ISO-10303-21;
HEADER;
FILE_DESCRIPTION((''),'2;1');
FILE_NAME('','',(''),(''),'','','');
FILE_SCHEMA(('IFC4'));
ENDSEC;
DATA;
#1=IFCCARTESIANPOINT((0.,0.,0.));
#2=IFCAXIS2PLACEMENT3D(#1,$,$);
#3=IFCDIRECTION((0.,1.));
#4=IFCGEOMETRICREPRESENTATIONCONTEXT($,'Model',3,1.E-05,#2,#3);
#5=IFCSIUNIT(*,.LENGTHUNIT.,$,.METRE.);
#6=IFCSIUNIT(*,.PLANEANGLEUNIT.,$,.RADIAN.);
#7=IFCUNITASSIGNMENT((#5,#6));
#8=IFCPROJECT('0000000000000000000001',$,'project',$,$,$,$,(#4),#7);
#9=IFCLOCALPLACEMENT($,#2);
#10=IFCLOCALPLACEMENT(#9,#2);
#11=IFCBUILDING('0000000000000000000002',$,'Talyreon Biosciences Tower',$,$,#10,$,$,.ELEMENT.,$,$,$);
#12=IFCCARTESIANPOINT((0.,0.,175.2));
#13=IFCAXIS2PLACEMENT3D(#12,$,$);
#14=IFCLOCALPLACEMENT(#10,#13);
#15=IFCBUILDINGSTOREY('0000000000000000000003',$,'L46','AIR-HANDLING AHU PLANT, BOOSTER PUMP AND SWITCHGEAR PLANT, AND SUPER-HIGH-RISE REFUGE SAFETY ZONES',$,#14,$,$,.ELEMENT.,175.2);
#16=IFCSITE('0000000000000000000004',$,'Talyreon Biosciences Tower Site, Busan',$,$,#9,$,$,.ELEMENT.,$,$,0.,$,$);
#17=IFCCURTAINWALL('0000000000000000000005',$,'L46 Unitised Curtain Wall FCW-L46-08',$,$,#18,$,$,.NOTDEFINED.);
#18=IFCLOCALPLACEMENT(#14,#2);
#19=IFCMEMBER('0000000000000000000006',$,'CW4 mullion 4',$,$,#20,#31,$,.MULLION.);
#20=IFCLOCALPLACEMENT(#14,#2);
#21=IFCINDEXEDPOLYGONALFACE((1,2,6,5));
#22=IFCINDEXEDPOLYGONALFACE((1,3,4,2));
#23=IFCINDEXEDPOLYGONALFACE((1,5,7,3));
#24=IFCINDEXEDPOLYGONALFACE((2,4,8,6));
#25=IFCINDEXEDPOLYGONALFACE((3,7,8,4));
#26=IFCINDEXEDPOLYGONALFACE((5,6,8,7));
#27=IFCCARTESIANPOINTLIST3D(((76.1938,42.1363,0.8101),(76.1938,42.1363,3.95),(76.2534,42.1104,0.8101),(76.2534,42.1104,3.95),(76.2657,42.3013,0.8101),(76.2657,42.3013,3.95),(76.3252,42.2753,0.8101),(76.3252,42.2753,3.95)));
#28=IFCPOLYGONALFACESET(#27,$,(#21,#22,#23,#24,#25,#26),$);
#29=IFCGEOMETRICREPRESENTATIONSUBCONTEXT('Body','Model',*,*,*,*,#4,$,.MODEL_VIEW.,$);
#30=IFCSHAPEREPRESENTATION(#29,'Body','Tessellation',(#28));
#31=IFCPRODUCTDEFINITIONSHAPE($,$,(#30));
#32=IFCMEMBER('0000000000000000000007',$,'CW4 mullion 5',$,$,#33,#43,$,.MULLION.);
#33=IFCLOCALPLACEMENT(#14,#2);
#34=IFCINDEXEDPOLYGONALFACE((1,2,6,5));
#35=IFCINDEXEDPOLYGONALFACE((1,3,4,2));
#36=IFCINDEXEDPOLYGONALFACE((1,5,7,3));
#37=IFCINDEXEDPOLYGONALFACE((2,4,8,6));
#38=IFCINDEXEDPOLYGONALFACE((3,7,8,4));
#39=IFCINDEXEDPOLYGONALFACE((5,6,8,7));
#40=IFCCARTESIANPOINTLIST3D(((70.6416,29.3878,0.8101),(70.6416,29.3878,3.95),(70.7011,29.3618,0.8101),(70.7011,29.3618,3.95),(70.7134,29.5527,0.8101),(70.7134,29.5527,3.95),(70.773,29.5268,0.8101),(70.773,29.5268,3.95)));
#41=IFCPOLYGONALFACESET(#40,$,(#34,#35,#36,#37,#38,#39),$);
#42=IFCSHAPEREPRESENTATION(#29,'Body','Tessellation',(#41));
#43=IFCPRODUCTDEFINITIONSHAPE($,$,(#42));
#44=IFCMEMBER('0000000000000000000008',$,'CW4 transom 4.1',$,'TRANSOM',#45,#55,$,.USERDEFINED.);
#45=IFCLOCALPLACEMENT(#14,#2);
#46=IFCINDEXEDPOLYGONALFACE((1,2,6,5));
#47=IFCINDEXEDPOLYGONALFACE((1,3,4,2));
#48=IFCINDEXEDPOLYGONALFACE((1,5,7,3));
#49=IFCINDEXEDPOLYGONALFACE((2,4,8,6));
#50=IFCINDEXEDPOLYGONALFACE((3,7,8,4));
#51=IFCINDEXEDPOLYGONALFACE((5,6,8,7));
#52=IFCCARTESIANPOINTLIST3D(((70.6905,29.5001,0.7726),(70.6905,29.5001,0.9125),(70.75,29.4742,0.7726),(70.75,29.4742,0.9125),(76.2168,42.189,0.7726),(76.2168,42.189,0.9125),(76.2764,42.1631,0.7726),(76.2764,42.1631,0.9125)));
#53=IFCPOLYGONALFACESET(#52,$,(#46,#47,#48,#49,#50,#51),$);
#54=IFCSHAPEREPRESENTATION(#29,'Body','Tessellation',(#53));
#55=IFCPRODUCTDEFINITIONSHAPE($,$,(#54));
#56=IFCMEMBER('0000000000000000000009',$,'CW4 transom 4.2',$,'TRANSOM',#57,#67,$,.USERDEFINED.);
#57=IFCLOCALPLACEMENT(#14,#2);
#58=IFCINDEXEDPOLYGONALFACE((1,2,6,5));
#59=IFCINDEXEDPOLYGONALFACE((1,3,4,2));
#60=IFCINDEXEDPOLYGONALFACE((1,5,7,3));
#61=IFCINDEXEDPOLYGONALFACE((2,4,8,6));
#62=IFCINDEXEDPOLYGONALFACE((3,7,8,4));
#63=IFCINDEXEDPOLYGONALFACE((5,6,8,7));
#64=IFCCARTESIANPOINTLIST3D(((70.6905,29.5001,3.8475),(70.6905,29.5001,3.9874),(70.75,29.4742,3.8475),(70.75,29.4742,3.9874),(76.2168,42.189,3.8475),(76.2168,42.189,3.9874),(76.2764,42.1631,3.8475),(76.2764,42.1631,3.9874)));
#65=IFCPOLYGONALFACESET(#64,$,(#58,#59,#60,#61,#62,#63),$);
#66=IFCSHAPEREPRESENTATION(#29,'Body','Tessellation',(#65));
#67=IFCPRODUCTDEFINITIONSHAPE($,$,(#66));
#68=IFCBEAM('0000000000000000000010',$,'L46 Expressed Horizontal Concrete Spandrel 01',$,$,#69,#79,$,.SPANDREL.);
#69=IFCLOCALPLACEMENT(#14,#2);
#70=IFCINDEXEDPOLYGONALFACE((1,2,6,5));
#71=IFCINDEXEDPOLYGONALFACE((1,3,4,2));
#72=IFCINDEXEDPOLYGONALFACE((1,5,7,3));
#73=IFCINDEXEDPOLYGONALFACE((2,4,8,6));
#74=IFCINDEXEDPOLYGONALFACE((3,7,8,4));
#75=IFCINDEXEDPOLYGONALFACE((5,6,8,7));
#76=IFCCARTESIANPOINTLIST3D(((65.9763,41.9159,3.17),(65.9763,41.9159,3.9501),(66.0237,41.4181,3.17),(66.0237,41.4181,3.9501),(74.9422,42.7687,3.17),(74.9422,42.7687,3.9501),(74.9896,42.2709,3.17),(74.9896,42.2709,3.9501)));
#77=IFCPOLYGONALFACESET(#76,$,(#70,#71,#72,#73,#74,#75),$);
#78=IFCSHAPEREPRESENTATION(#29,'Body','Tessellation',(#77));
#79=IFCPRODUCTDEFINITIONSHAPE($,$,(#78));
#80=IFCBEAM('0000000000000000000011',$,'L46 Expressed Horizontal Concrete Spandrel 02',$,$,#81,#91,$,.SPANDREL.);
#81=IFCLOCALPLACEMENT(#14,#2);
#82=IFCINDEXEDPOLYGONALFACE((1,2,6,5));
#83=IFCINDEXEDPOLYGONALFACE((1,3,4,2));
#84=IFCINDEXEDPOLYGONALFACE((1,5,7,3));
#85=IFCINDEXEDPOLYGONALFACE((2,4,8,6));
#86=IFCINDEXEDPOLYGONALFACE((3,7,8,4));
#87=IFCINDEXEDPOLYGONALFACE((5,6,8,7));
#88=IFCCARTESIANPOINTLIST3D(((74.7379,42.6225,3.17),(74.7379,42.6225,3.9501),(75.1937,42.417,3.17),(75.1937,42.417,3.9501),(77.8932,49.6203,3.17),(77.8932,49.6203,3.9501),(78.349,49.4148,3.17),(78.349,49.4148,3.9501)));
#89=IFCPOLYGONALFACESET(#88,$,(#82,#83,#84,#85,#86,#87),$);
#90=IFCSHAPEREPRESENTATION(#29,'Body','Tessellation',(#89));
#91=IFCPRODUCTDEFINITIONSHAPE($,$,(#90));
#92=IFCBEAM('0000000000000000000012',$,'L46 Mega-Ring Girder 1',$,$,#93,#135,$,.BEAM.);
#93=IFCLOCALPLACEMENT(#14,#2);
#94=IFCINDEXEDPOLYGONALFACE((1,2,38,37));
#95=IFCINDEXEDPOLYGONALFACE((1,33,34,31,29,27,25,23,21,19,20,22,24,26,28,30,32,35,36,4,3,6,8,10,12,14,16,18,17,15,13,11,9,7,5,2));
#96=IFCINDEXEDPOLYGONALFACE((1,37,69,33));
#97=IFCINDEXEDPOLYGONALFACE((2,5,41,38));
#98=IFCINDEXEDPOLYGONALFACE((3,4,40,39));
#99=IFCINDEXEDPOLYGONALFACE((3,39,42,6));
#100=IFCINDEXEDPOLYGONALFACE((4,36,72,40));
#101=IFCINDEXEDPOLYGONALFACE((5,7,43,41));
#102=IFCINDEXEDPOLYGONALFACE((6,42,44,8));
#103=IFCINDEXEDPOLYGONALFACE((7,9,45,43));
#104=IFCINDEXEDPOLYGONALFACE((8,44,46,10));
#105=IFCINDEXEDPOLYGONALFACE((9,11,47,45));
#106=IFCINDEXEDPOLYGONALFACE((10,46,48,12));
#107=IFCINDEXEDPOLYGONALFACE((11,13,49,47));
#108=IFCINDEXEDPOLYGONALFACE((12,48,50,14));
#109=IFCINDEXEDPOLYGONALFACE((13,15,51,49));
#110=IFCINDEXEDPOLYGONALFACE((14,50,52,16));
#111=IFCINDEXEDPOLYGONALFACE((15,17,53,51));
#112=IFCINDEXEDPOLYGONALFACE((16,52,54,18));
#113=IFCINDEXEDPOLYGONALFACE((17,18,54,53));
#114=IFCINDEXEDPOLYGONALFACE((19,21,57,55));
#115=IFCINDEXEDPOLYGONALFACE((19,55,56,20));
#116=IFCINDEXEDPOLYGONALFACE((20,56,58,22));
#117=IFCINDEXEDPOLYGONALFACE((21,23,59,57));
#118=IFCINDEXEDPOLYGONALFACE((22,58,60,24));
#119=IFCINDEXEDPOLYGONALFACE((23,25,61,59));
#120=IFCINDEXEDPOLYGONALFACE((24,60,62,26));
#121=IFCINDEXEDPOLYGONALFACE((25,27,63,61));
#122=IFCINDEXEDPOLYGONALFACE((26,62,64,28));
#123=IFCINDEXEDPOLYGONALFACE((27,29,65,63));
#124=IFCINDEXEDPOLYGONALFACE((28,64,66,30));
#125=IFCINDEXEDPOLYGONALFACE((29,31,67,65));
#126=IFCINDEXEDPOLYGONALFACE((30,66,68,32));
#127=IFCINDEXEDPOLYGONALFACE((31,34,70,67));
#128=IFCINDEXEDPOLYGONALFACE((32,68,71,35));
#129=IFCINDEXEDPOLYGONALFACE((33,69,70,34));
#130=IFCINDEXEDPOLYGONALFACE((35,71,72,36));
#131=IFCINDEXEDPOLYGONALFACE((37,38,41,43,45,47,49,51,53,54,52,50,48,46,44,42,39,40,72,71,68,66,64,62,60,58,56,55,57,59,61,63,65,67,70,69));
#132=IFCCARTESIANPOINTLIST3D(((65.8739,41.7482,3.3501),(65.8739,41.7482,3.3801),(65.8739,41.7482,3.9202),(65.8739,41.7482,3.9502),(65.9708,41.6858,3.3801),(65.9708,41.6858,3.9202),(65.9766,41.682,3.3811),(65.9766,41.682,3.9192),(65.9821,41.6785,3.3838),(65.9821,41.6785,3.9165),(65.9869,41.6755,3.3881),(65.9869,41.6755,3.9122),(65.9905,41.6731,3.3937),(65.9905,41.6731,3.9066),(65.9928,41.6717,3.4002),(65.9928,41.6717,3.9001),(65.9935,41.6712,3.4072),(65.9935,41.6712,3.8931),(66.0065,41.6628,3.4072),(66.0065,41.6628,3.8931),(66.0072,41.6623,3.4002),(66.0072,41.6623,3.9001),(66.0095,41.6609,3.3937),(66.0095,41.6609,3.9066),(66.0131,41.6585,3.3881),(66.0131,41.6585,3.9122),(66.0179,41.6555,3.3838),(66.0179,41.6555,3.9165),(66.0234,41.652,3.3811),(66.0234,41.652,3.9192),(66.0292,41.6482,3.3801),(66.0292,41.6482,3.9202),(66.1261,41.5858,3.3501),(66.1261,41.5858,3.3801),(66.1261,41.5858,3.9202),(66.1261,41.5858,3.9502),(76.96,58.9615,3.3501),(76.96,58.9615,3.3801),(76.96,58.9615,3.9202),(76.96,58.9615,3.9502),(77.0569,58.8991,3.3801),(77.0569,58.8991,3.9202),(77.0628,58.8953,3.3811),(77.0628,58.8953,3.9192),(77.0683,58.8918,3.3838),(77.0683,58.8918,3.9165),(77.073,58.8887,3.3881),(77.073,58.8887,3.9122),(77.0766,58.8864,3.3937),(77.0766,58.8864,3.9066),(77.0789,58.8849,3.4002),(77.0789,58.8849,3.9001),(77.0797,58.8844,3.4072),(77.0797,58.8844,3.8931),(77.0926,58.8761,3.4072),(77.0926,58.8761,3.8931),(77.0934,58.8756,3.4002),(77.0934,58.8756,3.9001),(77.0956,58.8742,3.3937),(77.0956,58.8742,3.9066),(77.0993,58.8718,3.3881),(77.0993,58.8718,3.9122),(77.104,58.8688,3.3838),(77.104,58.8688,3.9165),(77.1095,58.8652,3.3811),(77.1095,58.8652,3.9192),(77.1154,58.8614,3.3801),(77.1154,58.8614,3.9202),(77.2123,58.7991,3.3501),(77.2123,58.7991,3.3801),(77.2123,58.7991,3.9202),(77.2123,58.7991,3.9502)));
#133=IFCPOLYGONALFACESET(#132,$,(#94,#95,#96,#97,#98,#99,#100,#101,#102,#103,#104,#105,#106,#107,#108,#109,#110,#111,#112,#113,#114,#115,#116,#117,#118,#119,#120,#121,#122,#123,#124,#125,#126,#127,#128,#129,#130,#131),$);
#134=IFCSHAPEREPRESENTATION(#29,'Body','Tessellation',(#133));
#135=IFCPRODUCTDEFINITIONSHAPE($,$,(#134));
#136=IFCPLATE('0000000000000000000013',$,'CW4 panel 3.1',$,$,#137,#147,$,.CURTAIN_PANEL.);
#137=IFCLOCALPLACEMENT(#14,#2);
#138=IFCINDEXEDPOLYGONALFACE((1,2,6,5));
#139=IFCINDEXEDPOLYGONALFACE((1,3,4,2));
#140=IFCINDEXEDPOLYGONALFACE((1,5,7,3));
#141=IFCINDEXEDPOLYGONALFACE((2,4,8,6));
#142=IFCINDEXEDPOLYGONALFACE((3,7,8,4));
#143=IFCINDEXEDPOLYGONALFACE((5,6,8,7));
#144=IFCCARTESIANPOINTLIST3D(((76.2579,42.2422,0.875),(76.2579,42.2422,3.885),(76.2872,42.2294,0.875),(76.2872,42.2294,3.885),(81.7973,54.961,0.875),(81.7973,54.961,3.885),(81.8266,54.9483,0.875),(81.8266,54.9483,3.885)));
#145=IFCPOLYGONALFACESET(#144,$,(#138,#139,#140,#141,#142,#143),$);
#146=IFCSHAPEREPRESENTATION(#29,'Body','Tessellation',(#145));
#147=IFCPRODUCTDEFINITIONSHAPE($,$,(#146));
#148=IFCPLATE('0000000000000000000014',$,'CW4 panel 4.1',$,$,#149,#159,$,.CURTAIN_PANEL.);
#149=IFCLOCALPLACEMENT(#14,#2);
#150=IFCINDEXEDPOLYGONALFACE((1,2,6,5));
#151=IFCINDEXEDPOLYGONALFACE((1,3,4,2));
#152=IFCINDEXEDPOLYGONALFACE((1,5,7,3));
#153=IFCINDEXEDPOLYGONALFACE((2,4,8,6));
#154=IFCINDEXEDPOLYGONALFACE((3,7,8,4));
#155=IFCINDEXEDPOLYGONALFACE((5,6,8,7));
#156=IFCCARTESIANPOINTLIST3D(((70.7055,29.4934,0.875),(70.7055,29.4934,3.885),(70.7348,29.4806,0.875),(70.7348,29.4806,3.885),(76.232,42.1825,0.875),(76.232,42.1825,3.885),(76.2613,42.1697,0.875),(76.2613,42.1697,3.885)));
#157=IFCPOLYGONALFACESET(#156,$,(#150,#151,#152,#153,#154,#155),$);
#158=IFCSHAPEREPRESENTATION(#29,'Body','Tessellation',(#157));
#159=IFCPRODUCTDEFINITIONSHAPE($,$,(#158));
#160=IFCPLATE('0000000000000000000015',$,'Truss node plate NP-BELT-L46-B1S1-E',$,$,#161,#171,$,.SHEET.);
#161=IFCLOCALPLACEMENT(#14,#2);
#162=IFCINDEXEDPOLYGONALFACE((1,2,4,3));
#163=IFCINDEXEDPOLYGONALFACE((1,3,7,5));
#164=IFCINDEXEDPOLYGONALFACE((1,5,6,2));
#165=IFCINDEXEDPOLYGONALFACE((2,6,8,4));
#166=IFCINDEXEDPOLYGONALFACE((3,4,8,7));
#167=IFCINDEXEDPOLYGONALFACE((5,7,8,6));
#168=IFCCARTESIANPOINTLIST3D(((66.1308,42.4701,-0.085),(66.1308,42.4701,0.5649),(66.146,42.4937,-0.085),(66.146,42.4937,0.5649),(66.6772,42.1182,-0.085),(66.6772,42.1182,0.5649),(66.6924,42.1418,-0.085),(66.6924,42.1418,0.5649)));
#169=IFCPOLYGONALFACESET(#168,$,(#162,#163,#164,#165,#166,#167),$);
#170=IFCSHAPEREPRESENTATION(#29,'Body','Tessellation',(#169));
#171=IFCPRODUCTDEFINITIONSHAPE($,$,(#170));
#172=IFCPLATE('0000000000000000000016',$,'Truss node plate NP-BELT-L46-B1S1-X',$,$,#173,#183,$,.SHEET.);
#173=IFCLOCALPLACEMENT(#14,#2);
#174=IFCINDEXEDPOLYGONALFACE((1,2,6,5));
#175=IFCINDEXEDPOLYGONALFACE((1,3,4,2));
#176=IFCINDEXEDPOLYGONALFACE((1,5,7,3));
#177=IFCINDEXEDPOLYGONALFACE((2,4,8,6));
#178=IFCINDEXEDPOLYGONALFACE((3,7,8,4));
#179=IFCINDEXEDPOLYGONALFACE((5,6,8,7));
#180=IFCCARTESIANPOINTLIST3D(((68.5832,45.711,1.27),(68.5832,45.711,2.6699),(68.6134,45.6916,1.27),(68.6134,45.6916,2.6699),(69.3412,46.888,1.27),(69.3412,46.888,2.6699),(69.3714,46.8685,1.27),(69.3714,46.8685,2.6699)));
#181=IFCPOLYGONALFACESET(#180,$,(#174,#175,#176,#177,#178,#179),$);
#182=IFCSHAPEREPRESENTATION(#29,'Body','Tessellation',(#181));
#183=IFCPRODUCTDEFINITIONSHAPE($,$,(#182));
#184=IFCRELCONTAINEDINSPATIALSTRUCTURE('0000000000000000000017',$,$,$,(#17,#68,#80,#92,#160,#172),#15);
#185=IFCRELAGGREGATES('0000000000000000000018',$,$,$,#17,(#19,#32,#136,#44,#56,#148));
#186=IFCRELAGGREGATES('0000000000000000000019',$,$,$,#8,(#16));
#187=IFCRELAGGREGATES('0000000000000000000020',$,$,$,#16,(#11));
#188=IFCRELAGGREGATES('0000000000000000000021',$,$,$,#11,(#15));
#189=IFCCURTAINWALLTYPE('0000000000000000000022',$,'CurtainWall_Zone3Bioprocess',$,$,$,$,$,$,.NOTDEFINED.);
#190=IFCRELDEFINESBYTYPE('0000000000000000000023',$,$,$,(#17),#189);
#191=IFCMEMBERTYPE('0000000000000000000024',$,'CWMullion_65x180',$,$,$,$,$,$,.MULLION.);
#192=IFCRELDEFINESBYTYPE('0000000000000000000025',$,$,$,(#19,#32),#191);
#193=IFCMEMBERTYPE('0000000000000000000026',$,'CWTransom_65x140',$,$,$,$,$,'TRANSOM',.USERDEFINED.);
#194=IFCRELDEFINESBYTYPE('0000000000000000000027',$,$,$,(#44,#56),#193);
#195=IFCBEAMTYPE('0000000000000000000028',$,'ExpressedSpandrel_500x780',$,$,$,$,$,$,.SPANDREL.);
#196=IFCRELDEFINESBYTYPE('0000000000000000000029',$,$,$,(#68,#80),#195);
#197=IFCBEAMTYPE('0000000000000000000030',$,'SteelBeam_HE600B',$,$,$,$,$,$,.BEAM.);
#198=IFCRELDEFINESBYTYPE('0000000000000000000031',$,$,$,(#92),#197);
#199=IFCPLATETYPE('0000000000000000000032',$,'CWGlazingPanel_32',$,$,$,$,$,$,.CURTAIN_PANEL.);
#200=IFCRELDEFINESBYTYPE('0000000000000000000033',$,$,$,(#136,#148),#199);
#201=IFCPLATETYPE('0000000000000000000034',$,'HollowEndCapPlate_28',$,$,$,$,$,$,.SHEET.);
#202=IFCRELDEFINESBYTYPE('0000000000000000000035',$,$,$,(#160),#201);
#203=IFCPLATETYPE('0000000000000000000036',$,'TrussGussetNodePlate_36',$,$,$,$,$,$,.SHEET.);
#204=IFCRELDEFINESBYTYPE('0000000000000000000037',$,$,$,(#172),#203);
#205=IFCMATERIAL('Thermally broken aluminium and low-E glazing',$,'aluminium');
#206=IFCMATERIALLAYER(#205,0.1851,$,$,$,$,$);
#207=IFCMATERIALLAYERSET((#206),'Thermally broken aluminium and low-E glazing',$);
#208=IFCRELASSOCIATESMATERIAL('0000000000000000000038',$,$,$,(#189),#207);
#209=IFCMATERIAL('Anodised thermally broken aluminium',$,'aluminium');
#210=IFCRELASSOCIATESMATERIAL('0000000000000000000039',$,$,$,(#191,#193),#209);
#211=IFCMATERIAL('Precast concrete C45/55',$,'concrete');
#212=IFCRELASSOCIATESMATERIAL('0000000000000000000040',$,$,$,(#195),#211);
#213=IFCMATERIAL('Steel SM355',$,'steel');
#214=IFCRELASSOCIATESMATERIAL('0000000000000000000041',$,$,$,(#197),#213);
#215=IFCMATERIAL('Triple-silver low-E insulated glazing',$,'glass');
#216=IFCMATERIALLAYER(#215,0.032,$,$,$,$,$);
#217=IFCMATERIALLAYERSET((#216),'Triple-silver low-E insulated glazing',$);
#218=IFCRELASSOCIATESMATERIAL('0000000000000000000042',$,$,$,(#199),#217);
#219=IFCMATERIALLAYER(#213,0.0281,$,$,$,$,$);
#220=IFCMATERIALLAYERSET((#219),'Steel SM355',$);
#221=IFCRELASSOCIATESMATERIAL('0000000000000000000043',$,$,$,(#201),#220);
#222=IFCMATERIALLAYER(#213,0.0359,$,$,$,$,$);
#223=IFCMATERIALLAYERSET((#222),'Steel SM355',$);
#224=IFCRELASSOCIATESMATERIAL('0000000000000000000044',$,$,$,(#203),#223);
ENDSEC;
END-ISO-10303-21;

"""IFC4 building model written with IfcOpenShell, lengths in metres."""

from ifc_helpers import new_model, si_unit, direction, frame, origin, origin_2d, place, context, subcontext, project, spatial, rectangle, i_section, extrude, material, layer, layer_set, material_profile, profile_set, type_object, element, aggregate, save


model = new_model("IFC4")

# Units and contexts
model_context = context("Model", 3, precision=1e-05, world=origin(), true_north=direction((0.0, 1.0)))
body_context = subcontext(model_context, "Body", "Model", "MODEL_VIEW")
ifc_project = project(units=[si_unit("LENGTHUNIT", "METRE"), si_unit("PLANEANGLEUNIT", "RADIAN")], contexts=[model_context])

# Site, building, storey
site_placement = place(None, origin())
site = spatial("IfcSite", under=ifc_project, at=site_placement, Name="Talyreon Biosciences Tower Site, Busan", CompositionType="ELEMENT", RefElevation=0.0)
building_placement = place(site_placement, origin())
building = spatial("IfcBuilding", under=site, at=building_placement, Name="Talyreon Biosciences Tower", CompositionType="ELEMENT")
storey_placement = place(building_placement, frame((0.0, 0.0, 175.2)))
storey = spatial("IfcBuildingStorey", under=building, at=storey_placement, Name="L46", Description="AIR-HANDLING AHU PLANT, BOOSTER PUMP AND SWITCHGEAR PLANT, AND SUPER-HIGH-RISE REFUGE SAFETY ZONES", CompositionType="ELEMENT", Elevation=175.2)

# Shared definitions
ifc_material_1 = material(Name="Precast concrete C45/55", Category="concrete")

# Shared definitions
ifc_material_2 = material(Name="Steel SM355", Category="steel")

# Curtain wall, members
ifc_material_3 = material(Name="Thermally broken aluminium and low-E glazing", Category="aluminium")
ifc_layer_1 = layer(ifc_material_3, 0.1851)
ifc_layer_set_1 = layer_set([ifc_layer_1], Name="Thermally broken aluminium and low-E glazing")
curtain_wall_type = type_object("IfcCurtainWallType", Name="CurtainWall_Zone3Bioprocess", PredefinedType="NOTDEFINED", material=ifc_layer_set_1)
curtain_wall_placement = place(storey_placement, origin())
curtain_wall = element("IfcCurtainWall", 1, at=curtain_wall_placement, inside=storey, type_object=curtain_wall_type, Name="L46 Unitised Curtain Wall FCW-L46-08", PredefinedType="NOTDEFINED")
ifc_material_4 = material(Name="Anodised thermally broken aluminium", Category="aluminium")
ifc_material_profile_1 = material_profile(ifc_material_4, rectangle(XDim=0.0649, YDim=0.1799, at=origin_2d()), Name="ALUM MULLION 65x180")
ifc_profile_set_1 = profile_set([ifc_material_profile_1], Name="Anodised thermally broken aluminium")
member_type_1 = type_object("IfcMemberType", Name="CWMullion_65x180", PredefinedType="MULLION", material=ifc_profile_set_1)
member_1_placement = place(storey_placement, frame((76.2595, 42.2058, 0.8101), z_axis=(0.0, 0.0, 1.0), x_axis=(0.91682, -0.3993, 0.0)))
member_1 = element("IfcMember", 2, at=member_1_placement, type_object=member_type_1, Name="CW4 mullion 4", PredefinedType="MULLION", context=body_context, shape_type="SweptSolid", body=[
    extrude(rectangle(XDim=0.0649, YDim=0.1799, at=origin_2d()), origin(), (0.0, 0.0, 1.0), 3.1399),
])
member_2_placement = place(storey_placement, frame((70.7073, 29.4573, 0.8101), z_axis=(0.0, 0.0, 1.0), x_axis=(0.91682, -0.3993, 0.0)))
member_2 = element("IfcMember", 3, at=member_2_placement, type_object=member_type_1, Name="CW4 mullion 5", PredefinedType="MULLION", context=body_context, shape_type="SweptSolid", body=[
    extrude(rectangle(XDim=0.0649, YDim=0.1799, at=origin_2d()), origin(), (0.0, 0.0, 1.0), 3.1399),
])
ifc_material_profile_2 = material_profile(ifc_material_4, rectangle(XDim=0.0649, YDim=0.1399, at=origin_2d()), Name="ALUM TRANSOM 65x140")
ifc_profile_set_2 = profile_set([ifc_material_profile_2], Name="Anodised thermally broken aluminium")
member_type_2 = type_object("IfcMemberType", Name="CWTransom_65x140", ElementType="TRANSOM", PredefinedType="USERDEFINED", material=ifc_profile_set_2)
member_3_placement = place(storey_placement, frame((76.2466, 42.176, 0.8425), z_axis=(-0.399299, -0.916821, 0.0), x_axis=(0.916821, -0.399299, 0.0)))
member_3 = element("IfcMember", 4, at=member_3_placement, type_object=member_type_2, Name="CW4 transom 4.1", ObjectType="TRANSOM", PredefinedType="USERDEFINED", context=body_context, shape_type="SweptSolid", body=[
    extrude(rectangle(XDim=0.0649, YDim=0.1399, at=origin_2d()), origin(), (0.0, 0.0, 1.0), 13.8401),
])
member_4_placement = place(storey_placement, frame((76.2466, 42.176, 3.9175), z_axis=(-0.399299, -0.916821, 0.0), x_axis=(0.916821, -0.399299, 0.0)))
member_4 = element("IfcMember", 5, at=member_4_placement, type_object=member_type_2, Name="CW4 transom 4.2", ObjectType="TRANSOM", PredefinedType="USERDEFINED", context=body_context, shape_type="SweptSolid", body=[
    extrude(rectangle(XDim=0.0649, YDim=0.1399, at=origin_2d()), origin(), (0.0, 0.0, 1.0), 13.8401),
])

# Beams
ifc_material_profile_3 = material_profile(ifc_material_1, rectangle(XDim=0.5, YDim=0.78, at=origin_2d()), Name="RCB 500x780")
ifc_profile_set_3 = profile_set([ifc_material_profile_3], Name="Precast concrete C45/55")
beam_type_1 = type_object("IfcBeamType", Name="ExpressedSpandrel_500x780", PredefinedType="SPANDREL", material=ifc_profile_set_3)
beam_1_placement = place(storey_placement, frame((66.0, 41.667, 3.5601), z_axis=(0.995507, 0.094688, 0.0), x_axis=(-0.094688, 0.995507, 0.0)))
element("IfcBeam", 6, at=beam_1_placement, inside=storey, type_object=beam_type_1, Name="L46 Expressed Horizontal Concrete Spandrel 01", PredefinedType="SPANDREL", context=body_context, shape_type="SweptSolid", body=[
    extrude(rectangle(XDim=0.5, YDim=0.78, at=origin_2d()), origin(), (0.0, 0.0, 1.0), 9.0063),
])
beam_2_placement = place(storey_placement, frame((74.9658, 42.5198, 3.5601), z_axis=(0.411043, 0.911616, 0.0), x_axis=(-0.911616, 0.411043, 0.0)))
element("IfcBeam", 7, at=beam_2_placement, inside=storey, type_object=beam_type_1, Name="L46 Expressed Horizontal Concrete Spandrel 02", PredefinedType="SPANDREL", context=body_context, shape_type="SweptSolid", body=[
    extrude(rectangle(XDim=0.5, YDim=0.78, at=origin_2d()), origin(), (0.0, 0.0, 1.0), 7.6763),
])
ifc_material_profile_4 = material_profile(ifc_material_2, i_section(OverallWidth=0.3, OverallDepth=0.6001, WebThickness=0.0154, FlangeThickness=0.03, FilletRadius=0.0271, at=origin_2d()), Name="HE600B")
ifc_profile_set_4 = profile_set([ifc_material_profile_4], Name="Steel SM355")
beam_type_2 = type_object("IfcBeamType", Name="SteelBeam_HE600B", PredefinedType="BEAM", material=ifc_profile_set_4)
beam_3_placement = place(storey_placement, frame((66.0, 41.667, 3.6501), z_axis=(0.541464, 0.840724, 0.0), x_axis=(-0.840724, 0.541464, 0.0)))
element("IfcBeam", 8, at=beam_3_placement, inside=storey, type_object=beam_type_2, Name="L46 Mega-Ring Girder 1", PredefinedType="BEAM", context=body_context, shape_type="SweptSolid", body=[
    extrude(i_section(OverallWidth=0.3, OverallDepth=0.6001, WebThickness=0.0154, FlangeThickness=0.03, FilletRadius=0.0271, at=origin_2d()), origin(), (0.0, 0.0, 1.0), 20.4744),
])

# Plates
ifc_material_5 = material(Name="Triple-silver low-E insulated glazing", Category="glass")
ifc_layer_2 = layer(ifc_material_5, 0.032)
ifc_layer_set_2 = layer_set([ifc_layer_2], Name="Triple-silver low-E insulated glazing")
plate_type_1 = type_object("IfcPlateType", Name="CWGlazingPanel_32", PredefinedType="CURTAIN_PANEL", material=ifc_layer_set_2)
plate_1_placement = place(storey_placement, frame((79.0422, 48.5952, 0.875), z_axis=(0.0, 0.0, 1.0), x_axis=(-0.3993, -0.91682, 0.0)))
plate_1 = element("IfcPlate", 9, at=plate_1_placement, type_object=plate_type_1, Name="CW4 panel 3.1", PredefinedType="CURTAIN_PANEL", context=body_context, shape_type="SweptSolid", body=[
    extrude(rectangle(XDim=13.8728, YDim=0.032, at=origin_2d()), origin(), (0.0, 0.0, 1.0), 3.01),
])
plate_2_placement = place(storey_placement, frame((73.4834, 35.8315, 0.875), z_axis=(0.0, 0.0, 1.0), x_axis=(-0.3993, -0.91682, 0.0)))
plate_2 = element("IfcPlate", 10, at=plate_2_placement, type_object=plate_type_1, Name="CW4 panel 4.1", PredefinedType="CURTAIN_PANEL", context=body_context, shape_type="SweptSolid", body=[
    extrude(rectangle(XDim=13.8403, YDim=0.032, at=origin_2d()), origin(), (0.0, 0.0, 1.0), 3.01),
])
aggregate(curtain_wall, [member_1, member_2, plate_1, member_3, member_4, plate_2])

# Plates
ifc_layer_3 = layer(ifc_material_2, 0.0281)
ifc_layer_set_3 = layer_set([ifc_layer_3], Name="Steel SM355")
plate_type_2 = type_object("IfcPlateType", Name="HollowEndCapPlate_28", PredefinedType="SHEET", material=ifc_layer_set_3)
plate_3_placement = place(storey_placement, frame((66.4116, 42.3059, -0.085), z_axis=(0.0, 0.0, 1.0), x_axis=(-0.840727, 0.541459, 0.0)))
element("IfcPlate", 11, at=plate_3_placement, inside=storey, type_object=plate_type_2, Name="Truss node plate NP-BELT-L46-B1S1-E", PredefinedType="SHEET", context=body_context, shape_type="SweptSolid", body=[
    extrude(rectangle(XDim=0.6499, YDim=0.0281, at=origin_2d()), origin(), (0.0, 0.0, 1.0), 0.6499),
])
ifc_layer_4 = layer(ifc_material_2, 0.0359)
ifc_layer_set_4 = layer_set([ifc_layer_4], Name="Steel SM355")
plate_type_3 = type_object("IfcPlateType", Name="TrussGussetNodePlate_36", PredefinedType="SHEET", material=ifc_layer_set_4)
plate_4_placement = place(storey_placement, frame((68.9773, 46.2898, 1.27), z_axis=(0.0, 0.0, 1.0), x_axis=(0.541459, 0.840727, 0.0)))
element("IfcPlate", 12, at=plate_4_placement, inside=storey, type_object=plate_type_3, Name="Truss node plate NP-BELT-L46-B1S1-X", PredefinedType="SHEET", context=body_context, shape_type="SweptSolid", body=[
    extrude(rectangle(XDim=1.3999, YDim=0.0359, at=origin_2d()), origin(), (0.0, 0.0, 1.0), 1.3999),
])

save(model, "model.ifc")
